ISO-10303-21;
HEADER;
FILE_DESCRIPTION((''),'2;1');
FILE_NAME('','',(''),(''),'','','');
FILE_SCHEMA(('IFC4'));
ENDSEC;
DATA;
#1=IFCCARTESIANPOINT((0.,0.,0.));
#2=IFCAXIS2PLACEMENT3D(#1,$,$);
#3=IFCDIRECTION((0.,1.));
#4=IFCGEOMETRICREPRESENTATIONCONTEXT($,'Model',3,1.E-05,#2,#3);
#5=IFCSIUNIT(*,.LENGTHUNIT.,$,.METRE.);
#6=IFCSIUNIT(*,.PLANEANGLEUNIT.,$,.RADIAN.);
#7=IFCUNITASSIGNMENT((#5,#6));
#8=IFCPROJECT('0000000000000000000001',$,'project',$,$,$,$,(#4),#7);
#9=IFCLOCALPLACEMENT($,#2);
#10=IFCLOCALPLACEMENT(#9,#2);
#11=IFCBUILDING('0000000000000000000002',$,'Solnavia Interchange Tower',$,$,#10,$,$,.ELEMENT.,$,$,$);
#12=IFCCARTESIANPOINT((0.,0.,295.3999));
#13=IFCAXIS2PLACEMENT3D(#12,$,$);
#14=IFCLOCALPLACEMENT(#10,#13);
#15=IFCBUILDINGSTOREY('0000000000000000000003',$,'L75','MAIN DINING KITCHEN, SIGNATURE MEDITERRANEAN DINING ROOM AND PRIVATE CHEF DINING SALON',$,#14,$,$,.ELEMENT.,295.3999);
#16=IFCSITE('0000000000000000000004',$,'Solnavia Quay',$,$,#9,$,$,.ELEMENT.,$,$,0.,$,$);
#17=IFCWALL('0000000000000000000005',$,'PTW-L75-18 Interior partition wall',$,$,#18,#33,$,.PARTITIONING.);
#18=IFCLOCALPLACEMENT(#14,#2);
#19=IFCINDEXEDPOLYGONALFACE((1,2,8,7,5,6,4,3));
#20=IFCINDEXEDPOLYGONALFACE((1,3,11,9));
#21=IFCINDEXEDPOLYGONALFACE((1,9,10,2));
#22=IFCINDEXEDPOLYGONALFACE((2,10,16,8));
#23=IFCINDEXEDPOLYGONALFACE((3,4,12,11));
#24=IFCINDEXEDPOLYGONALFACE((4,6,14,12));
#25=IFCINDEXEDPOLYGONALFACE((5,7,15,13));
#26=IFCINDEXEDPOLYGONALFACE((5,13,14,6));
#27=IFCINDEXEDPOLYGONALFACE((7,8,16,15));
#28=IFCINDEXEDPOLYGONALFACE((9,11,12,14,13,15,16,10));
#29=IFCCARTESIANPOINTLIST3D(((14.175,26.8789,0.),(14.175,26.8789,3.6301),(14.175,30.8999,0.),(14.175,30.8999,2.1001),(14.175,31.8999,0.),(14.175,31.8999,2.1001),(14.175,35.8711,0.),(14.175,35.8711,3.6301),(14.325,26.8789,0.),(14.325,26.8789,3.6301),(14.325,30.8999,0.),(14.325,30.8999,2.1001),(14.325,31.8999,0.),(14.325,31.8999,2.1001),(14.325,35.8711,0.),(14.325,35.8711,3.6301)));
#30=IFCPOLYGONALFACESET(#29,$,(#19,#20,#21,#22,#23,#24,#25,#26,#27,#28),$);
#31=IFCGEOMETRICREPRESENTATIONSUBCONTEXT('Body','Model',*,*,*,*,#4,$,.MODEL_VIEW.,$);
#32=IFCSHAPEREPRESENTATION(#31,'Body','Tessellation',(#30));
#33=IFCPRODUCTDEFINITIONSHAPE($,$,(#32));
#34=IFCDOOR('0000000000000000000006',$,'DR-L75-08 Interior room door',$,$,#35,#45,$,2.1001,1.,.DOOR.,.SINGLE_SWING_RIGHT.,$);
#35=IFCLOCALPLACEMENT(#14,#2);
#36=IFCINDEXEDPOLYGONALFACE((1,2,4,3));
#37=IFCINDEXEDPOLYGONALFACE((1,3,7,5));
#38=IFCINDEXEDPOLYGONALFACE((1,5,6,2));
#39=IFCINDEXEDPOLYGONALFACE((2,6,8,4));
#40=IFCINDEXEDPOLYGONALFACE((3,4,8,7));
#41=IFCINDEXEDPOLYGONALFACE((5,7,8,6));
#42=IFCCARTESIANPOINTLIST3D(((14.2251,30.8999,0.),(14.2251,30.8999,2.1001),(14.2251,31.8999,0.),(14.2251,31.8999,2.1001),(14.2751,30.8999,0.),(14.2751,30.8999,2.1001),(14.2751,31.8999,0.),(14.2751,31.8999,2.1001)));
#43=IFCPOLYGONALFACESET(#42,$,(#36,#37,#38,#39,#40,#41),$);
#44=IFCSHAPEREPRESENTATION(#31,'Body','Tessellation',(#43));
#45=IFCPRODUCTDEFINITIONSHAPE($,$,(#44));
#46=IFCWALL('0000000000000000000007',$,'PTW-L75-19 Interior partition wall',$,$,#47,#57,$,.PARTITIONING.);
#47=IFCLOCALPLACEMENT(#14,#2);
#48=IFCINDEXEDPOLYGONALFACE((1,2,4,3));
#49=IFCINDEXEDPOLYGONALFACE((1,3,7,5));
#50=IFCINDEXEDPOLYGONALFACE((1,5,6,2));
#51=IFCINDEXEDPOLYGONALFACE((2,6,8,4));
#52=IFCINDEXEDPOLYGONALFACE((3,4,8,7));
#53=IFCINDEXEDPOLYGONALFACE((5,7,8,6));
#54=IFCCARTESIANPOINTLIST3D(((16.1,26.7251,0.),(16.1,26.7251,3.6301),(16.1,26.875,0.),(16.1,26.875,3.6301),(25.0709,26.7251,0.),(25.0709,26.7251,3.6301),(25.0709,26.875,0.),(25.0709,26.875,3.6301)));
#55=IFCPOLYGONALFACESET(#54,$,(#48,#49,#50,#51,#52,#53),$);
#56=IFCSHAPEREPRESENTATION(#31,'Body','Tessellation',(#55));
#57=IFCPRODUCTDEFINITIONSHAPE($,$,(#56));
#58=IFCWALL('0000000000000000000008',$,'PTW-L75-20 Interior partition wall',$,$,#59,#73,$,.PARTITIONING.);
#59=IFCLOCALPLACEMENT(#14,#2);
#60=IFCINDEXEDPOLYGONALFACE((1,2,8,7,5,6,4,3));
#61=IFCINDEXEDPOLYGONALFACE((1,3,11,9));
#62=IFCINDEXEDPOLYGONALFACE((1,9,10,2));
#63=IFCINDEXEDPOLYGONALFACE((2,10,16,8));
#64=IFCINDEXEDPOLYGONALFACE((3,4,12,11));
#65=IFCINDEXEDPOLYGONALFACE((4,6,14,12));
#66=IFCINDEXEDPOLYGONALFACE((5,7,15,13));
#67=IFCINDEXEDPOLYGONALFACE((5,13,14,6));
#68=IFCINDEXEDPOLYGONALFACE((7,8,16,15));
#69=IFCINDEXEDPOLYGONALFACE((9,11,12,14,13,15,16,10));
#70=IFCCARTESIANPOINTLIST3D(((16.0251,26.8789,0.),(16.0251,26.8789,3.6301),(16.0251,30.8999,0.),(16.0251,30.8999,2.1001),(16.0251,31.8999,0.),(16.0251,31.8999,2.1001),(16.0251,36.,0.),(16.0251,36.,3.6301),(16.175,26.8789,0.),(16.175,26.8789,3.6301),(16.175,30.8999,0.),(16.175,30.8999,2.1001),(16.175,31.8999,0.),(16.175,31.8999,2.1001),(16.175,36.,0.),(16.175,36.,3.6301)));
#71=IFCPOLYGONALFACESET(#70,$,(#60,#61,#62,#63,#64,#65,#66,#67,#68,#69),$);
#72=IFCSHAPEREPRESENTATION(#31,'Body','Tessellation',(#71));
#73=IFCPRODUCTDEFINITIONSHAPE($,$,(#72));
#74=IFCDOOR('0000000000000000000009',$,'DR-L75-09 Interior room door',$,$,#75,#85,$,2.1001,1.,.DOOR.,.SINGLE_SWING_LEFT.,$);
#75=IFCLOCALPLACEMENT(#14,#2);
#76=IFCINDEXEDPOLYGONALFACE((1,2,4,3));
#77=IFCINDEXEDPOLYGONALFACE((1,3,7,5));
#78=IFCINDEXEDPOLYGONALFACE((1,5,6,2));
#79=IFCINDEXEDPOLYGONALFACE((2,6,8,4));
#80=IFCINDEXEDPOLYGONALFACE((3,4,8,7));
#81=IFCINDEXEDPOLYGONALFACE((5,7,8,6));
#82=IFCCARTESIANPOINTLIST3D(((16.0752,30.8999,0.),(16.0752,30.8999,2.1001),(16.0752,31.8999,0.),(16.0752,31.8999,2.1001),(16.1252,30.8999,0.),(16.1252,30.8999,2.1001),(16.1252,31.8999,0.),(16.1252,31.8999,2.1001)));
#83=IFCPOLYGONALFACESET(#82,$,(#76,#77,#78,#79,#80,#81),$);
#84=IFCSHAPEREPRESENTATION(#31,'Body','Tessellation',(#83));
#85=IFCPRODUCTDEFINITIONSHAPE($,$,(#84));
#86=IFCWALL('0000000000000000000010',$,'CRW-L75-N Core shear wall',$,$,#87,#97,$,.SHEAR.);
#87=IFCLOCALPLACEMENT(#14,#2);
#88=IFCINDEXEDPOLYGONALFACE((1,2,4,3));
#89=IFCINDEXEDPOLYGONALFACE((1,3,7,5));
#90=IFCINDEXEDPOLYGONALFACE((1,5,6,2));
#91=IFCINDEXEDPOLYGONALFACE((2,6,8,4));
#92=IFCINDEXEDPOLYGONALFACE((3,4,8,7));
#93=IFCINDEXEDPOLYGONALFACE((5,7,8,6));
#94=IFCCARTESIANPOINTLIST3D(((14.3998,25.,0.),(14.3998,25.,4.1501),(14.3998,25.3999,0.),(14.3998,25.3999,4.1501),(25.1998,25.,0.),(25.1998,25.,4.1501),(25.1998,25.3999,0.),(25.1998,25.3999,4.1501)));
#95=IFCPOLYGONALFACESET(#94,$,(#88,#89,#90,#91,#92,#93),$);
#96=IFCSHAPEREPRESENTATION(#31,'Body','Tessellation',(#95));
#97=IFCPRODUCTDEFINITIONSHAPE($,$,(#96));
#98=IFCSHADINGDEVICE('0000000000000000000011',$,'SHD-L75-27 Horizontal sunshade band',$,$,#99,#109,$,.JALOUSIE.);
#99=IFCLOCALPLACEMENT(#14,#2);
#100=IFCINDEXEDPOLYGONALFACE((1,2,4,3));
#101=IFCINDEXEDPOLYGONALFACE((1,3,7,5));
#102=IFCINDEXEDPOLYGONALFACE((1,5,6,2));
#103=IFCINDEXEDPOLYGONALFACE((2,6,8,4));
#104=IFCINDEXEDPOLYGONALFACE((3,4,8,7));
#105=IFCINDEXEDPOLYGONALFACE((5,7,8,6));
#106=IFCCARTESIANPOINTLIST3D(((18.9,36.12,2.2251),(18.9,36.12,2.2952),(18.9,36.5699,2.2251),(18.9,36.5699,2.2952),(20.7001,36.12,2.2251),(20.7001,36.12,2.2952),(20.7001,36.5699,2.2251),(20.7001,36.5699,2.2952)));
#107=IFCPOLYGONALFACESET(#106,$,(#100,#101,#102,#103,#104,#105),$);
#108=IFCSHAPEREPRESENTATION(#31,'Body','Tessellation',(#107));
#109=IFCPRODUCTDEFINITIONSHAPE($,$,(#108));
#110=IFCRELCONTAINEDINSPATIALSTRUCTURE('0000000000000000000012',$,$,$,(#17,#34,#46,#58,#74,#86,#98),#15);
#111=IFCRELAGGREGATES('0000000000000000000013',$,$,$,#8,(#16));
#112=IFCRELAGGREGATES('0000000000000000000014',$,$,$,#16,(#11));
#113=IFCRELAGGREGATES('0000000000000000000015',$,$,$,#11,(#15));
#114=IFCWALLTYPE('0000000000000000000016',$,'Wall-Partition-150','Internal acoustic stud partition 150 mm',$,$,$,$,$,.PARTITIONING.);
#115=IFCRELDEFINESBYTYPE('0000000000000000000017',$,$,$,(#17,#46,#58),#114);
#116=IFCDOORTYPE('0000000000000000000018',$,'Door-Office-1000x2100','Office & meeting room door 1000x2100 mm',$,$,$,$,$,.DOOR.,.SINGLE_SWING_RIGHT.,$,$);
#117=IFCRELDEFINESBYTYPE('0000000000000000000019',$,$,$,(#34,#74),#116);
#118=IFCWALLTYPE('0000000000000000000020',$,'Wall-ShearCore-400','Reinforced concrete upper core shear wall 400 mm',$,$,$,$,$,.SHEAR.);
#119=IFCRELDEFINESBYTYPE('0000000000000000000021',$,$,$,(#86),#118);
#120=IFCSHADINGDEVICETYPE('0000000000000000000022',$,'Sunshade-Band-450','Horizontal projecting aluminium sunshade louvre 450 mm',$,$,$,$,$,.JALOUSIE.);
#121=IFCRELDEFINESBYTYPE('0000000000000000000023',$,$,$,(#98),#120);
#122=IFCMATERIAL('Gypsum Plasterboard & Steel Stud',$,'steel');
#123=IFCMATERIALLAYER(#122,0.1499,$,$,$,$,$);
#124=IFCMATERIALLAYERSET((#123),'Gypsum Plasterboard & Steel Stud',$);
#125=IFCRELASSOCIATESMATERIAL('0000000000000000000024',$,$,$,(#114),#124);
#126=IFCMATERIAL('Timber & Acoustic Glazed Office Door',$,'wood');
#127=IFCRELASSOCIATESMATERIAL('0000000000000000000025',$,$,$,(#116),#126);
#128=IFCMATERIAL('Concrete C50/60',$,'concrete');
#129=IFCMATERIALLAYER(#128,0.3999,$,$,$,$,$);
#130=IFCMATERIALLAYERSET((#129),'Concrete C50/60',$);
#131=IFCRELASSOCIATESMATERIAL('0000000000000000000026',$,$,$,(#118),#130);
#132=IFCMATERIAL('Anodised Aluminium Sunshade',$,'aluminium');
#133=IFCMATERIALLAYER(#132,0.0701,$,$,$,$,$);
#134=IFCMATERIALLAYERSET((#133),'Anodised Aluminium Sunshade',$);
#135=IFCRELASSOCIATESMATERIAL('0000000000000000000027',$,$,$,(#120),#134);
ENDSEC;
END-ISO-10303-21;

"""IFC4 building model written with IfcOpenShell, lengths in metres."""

from ifc_helpers import new_model, si_unit, direction, frame, frame_2d, origin, origin_2d, place, context, subcontext, project, spatial, rectangle, extrude, material, layer, layer_set, type_object, element, fill, save


model = new_model("IFC4")

# Units and contexts
model_context = context("Model", 3, precision=1e-05, world=origin(), true_north=direction((0.0, 1.0)))
body_context = subcontext(model_context, "Body", "Model", "MODEL_VIEW")
ifc_project = project(units=[si_unit("LENGTHUNIT", "METRE"), si_unit("PLANEANGLEUNIT", "RADIAN")], contexts=[model_context])

# Site, building, storey
site_placement = place(None, origin())
site = spatial("IfcSite", under=ifc_project, at=site_placement, Name="Solnavia Quay", CompositionType="ELEMENT", RefElevation=0.0)
building_placement = place(site_placement, origin())
building = spatial("IfcBuilding", under=site, at=building_placement, Name="Solnavia Interchange Tower", CompositionType="ELEMENT")
storey_placement = place(building_placement, frame((0.0, 0.0, 295.3999)))
storey = spatial("IfcBuildingStorey", under=building, at=storey_placement, Name="L75", Description="MAIN DINING KITCHEN, SIGNATURE MEDITERRANEAN DINING ROOM AND PRIVATE CHEF DINING SALON", CompositionType="ELEMENT", Elevation=295.3999)

# Shared definitions
ifc_material_1 = material(Name="Concrete C50/60", Category="concrete")

# Wall, opening, door
ifc_material_2 = material(Name="Gypsum Plasterboard & Steel Stud", Category="steel")
ifc_layer_1 = layer(ifc_material_2, 0.1499)
ifc_layer_set_1 = layer_set([ifc_layer_1], Name="Gypsum Plasterboard & Steel Stud")
wall_type_1 = type_object("IfcWallType", Name="Wall-Partition-150", Description="Internal acoustic stud partition 150 mm", PredefinedType="PARTITIONING", material=ifc_layer_set_1)
wall_1_placement = place(storey_placement, frame((14.25, 26.8789, 0.0), z_axis=(0.0, 0.0, 1.0), x_axis=(0.0, 1.0, 0.0)))
wall_1 = element("IfcWall", 1, at=wall_1_placement, inside=storey, type_object=wall_type_1, Name="PTW-L75-18 Interior partition wall", PredefinedType="PARTITIONING", context=body_context, shape_type="SweptSolid", body=[
    extrude(rectangle(XDim=8.9922, YDim=0.1499, at=frame_2d((4.4961, 0.0))), origin(), (0.0, 0.0, 1.0), 3.6301),
])
opening_1_placement = place(wall_1_placement, frame((4.021, 0.0, 0.0)))
opening_1 = element("IfcOpeningElement", 2, at=opening_1_placement, cuts=wall_1, PredefinedType="OPENING", context=body_context, shape_type="SweptSolid", body=[
    extrude(rectangle(XDim=1.0, YDim=2.1001, at=frame_2d((0.5, 1.05))), frame((0.0, 0.085, 0.0), z_axis=(0.0, -1.0, 0.0), x_axis=(1.0, 0.0, 0.0)), (0.0, 0.0, 1.0), 0.1699),
])
ifc_material_3 = material(Name="Timber & Acoustic Glazed Office Door", Category="wood")
door_type = type_object("IfcDoorType", Name="Door-Office-1000x2100", Description="Office & meeting room door 1000x2100 mm", OperationType="SINGLE_SWING_RIGHT", PredefinedType="DOOR", material=ifc_material_3)
door_1_placement = place(opening_1_placement, origin())
door_1 = element("IfcDoor", 3, at=door_1_placement, inside=storey, type_object=door_type, Name="DR-L75-08 Interior room door", OperationType="SINGLE_SWING_RIGHT", OverallHeight=2.1001, OverallWidth=1.0, PredefinedType="DOOR", context=body_context, shape_type="SweptSolid", body=[
    extrude(rectangle(XDim=1.0, YDim=2.1001, at=frame_2d((0.5, 1.05))), frame((0.0, 0.0249, 0.0), z_axis=(0.0, -1.0, 0.0), x_axis=(1.0, 0.0, 0.0)), (0.0, 0.0, 1.0), 0.05),
])
fill(opening_1, door_1)

# Wall
wall_2_placement = place(storey_placement, frame((16.1001, 26.8, 0.0), z_axis=(0.0, 0.0, 1.0), x_axis=(1.0, 0.0, 0.0)))
element("IfcWall", 4, at=wall_2_placement, inside=storey, type_object=wall_type_1, Name="PTW-L75-19 Interior partition wall", PredefinedType="PARTITIONING", context=body_context, shape_type="SweptSolid", body=[
    extrude(rectangle(XDim=8.9709, YDim=0.1499, at=frame_2d((4.4854, 0.0))), origin(), (0.0, 0.0, 1.0), 3.6301),
])

# Wall, opening, door
wall_3_placement = place(storey_placement, frame((16.1001, 26.8789, 0.0), z_axis=(0.0, 0.0, 1.0), x_axis=(0.0, 1.0, 0.0)))
wall_3 = element("IfcWall", 5, at=wall_3_placement, inside=storey, type_object=wall_type_1, Name="PTW-L75-20 Interior partition wall", PredefinedType="PARTITIONING", context=body_context, shape_type="SweptSolid", body=[
    extrude(rectangle(XDim=9.1211, YDim=0.1499, at=frame_2d((4.5605, 0.0))), origin(), (0.0, 0.0, 1.0), 3.6301),
])
opening_2_placement = place(wall_3_placement, frame((4.021, 0.0, 0.0)))
opening_2 = element("IfcOpeningElement", 6, at=opening_2_placement, cuts=wall_3, PredefinedType="OPENING", context=body_context, shape_type="SweptSolid", body=[
    extrude(rectangle(XDim=1.0, YDim=2.1001, at=frame_2d((0.5, 1.05))), frame((0.0, 0.085, 0.0), z_axis=(0.0, -1.0, 0.0), x_axis=(1.0, 0.0, 0.0)), (0.0, 0.0, 1.0), 0.1699),
])
door_2_placement = place(opening_2_placement, origin())
door_2 = element("IfcDoor", 7, at=door_2_placement, inside=storey, type_object=door_type, Name="DR-L75-09 Interior room door", OperationType="SINGLE_SWING_LEFT", OverallHeight=2.1001, OverallWidth=1.0, PredefinedType="DOOR", context=body_context, shape_type="SweptSolid", body=[
    extrude(rectangle(XDim=1.0, YDim=2.1001, at=frame_2d((0.5, 1.05))), frame((0.0, 0.0249, 0.0), z_axis=(0.0, -1.0, 0.0), x_axis=(1.0, 0.0, 0.0)), (0.0, 0.0, 1.0), 0.05),
])
fill(opening_2, door_2)

# Wall
ifc_layer_2 = layer(ifc_material_1, 0.3999)
ifc_layer_set_2 = layer_set([ifc_layer_2], Name="Concrete C50/60")
wall_type_2 = type_object("IfcWallType", Name="Wall-ShearCore-400", Description="Reinforced concrete upper core shear wall 400 mm", PredefinedType="SHEAR", material=ifc_layer_set_2)
wall_4_placement = place(storey_placement, frame((14.3999, 25.2, 0.0), z_axis=(0.0, 0.0, 1.0), x_axis=(1.0, 0.0, 0.0)))
element("IfcWall", 8, at=wall_4_placement, inside=storey, type_object=wall_type_2, Name="CRW-L75-N Core shear wall", PredefinedType="SHEAR", context=body_context, shape_type="SweptSolid", body=[
    extrude(rectangle(XDim=10.8, YDim=0.3999, at=frame_2d((5.3999, 0.0))), origin(), (0.0, 0.0, 1.0), 4.1501),
])

# Shading device
ifc_material_4 = material(Name="Anodised Aluminium Sunshade", Category="aluminium")
ifc_layer_3 = layer(ifc_material_4, 0.0701)
ifc_layer_set_3 = layer_set([ifc_layer_3], Name="Anodised Aluminium Sunshade")
shading_device_type = type_object("IfcShadingDeviceType", Name="Sunshade-Band-450", Description="Horizontal projecting aluminium sunshade louvre 450 mm", PredefinedType="JALOUSIE", material=ifc_layer_set_3)
shading_device_placement = place(storey_placement, frame((19.8, 36.345, 2.2251), z_axis=(0.0, 0.0, 1.0), x_axis=(1.0, 0.0, 0.0)))
element("IfcShadingDevice", 9, at=shading_device_placement, inside=storey, type_object=shading_device_type, Name="SHD-L75-27 Horizontal sunshade band", PredefinedType="JALOUSIE", context=body_context, shape_type="SweptSolid", body=[
    extrude(rectangle(XDim=1.8, YDim=0.45, at=origin_2d()), origin(), (0.0, 0.0, 1.0), 0.0701),
])

save(model, "model.ifc")
